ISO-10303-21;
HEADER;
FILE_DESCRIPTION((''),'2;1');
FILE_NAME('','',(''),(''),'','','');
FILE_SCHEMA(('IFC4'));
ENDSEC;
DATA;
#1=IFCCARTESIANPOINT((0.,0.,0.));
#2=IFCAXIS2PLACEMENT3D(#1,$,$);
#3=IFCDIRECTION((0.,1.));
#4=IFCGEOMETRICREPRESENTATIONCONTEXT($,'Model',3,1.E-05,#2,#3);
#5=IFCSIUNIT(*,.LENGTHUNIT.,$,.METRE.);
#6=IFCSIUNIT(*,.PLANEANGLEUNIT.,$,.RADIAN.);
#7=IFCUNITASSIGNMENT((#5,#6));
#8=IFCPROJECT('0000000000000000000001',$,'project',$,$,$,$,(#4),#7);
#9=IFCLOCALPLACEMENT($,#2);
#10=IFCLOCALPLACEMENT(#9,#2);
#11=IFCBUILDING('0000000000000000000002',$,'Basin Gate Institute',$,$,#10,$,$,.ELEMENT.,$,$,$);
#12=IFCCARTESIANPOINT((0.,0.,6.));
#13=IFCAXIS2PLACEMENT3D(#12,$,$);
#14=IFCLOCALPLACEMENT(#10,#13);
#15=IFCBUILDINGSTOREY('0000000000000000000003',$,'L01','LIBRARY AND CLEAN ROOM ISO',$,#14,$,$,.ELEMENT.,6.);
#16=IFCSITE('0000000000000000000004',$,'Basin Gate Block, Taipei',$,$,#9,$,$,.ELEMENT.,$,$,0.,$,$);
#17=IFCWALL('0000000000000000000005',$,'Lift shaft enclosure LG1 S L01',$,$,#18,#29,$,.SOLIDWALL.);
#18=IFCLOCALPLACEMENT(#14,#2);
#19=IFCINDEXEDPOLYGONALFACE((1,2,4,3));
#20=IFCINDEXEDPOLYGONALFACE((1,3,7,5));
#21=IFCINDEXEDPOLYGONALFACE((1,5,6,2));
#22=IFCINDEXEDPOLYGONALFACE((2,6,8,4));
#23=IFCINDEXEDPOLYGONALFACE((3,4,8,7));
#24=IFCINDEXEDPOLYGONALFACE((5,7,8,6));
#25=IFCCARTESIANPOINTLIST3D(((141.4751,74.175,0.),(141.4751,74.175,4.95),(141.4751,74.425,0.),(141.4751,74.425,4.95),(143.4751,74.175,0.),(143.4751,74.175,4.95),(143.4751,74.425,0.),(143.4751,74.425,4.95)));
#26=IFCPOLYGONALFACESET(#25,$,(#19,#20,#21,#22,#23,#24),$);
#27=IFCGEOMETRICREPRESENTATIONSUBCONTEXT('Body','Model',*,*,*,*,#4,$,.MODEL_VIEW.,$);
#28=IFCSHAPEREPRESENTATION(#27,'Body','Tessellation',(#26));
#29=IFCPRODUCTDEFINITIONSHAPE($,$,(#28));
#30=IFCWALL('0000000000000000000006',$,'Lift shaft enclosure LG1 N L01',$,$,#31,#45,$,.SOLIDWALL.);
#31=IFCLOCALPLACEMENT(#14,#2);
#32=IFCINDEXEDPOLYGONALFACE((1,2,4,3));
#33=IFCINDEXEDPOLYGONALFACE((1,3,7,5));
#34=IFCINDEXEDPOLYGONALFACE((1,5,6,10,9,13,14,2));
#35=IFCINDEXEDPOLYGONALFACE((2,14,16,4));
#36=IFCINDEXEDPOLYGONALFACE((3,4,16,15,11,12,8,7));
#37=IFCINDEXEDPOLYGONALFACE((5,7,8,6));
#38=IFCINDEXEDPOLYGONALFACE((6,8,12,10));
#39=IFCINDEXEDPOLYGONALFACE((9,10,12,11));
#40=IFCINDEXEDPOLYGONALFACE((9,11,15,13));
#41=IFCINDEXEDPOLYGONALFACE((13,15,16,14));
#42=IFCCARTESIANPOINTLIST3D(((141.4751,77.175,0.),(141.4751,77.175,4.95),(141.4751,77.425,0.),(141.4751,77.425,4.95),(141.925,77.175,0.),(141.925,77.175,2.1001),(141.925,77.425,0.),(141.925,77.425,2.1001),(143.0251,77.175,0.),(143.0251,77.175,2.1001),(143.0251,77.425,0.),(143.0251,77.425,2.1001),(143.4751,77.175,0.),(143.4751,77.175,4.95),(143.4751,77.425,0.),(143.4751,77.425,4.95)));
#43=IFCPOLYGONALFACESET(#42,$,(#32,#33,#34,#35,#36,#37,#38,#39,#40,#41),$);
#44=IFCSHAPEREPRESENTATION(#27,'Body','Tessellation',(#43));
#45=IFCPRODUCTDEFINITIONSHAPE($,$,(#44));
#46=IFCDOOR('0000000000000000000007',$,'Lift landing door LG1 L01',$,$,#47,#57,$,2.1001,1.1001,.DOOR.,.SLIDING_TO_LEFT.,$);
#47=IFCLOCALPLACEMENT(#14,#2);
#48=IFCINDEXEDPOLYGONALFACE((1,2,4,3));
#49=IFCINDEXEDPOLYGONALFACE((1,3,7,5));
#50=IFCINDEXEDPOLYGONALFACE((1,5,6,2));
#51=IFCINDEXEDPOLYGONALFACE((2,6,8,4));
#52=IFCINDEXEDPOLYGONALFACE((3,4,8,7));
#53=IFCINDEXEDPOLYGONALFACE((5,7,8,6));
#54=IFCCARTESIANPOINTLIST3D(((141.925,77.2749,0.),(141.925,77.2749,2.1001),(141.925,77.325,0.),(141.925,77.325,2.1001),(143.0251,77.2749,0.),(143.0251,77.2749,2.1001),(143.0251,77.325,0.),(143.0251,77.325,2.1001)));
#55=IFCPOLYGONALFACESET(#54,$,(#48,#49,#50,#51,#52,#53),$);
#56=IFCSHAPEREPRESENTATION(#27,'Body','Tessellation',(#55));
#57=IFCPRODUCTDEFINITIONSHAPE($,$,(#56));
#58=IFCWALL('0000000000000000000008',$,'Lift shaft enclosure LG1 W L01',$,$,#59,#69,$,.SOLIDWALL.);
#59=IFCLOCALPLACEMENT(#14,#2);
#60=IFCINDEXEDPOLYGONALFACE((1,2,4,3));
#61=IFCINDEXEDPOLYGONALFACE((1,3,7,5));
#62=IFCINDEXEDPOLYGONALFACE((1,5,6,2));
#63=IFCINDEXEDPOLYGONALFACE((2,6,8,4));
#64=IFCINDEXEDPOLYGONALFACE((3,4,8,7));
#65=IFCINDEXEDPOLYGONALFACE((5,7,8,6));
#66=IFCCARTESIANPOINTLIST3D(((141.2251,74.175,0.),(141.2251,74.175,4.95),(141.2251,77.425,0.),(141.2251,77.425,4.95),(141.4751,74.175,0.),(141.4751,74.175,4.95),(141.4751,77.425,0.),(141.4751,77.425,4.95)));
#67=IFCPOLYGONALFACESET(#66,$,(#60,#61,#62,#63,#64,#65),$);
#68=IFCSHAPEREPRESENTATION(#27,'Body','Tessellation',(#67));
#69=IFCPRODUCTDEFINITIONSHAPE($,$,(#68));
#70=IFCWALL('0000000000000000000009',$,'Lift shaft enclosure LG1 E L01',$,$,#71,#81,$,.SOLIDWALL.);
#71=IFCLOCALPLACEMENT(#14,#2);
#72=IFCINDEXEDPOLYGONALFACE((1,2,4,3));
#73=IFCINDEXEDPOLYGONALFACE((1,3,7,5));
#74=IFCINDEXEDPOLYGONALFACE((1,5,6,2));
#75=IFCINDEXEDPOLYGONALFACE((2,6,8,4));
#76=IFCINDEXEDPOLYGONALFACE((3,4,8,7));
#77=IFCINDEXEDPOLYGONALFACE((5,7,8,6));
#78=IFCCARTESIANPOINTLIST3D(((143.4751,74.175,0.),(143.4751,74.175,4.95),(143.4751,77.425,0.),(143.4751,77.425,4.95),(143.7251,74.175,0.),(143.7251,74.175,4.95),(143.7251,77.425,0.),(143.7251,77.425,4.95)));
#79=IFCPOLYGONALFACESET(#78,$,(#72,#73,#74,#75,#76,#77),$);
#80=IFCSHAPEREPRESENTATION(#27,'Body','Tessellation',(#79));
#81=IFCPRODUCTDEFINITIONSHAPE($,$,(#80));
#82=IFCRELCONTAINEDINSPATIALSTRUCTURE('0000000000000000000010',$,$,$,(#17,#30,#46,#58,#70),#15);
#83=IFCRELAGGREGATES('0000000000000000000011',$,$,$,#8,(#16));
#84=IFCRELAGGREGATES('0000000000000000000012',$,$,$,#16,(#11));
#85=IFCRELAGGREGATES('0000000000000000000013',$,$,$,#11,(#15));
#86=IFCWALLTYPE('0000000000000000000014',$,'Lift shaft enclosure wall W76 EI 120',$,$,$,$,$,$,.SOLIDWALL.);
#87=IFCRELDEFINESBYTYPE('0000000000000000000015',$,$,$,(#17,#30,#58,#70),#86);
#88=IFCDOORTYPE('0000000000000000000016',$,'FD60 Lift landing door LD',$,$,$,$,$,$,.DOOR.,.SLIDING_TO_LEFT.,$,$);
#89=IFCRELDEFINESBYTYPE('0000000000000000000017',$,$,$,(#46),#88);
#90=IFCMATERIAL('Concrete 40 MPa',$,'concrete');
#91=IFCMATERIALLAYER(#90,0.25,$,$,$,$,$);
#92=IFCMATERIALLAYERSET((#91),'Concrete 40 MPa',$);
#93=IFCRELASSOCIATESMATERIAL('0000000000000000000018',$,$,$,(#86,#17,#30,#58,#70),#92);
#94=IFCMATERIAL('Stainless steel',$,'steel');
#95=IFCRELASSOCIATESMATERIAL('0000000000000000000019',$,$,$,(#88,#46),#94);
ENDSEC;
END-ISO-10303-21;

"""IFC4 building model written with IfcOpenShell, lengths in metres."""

from ifc_helpers import new_model, si_unit, direction, frame, frame_2d, origin, place, context, subcontext, project, spatial, rectangle, extrude, material, layer, layer_set, type_object, element, fill, save


model = new_model("IFC4")

# Units and contexts
model_context = context("Model", 3, precision=1e-05, world=origin(), true_north=direction((0.0, 1.0)))
body_context = subcontext(model_context, "Body", "Model", "MODEL_VIEW")
ifc_project = project(units=[si_unit("LENGTHUNIT", "METRE"), si_unit("PLANEANGLEUNIT", "RADIAN")], contexts=[model_context])

# Site, building, storey
site_placement = place(None, origin())
site = spatial("IfcSite", under=ifc_project, at=site_placement, Name="Basin Gate Block, Taipei", CompositionType="ELEMENT", RefElevation=0.0)
building_placement = place(site_placement, origin())
building = spatial("IfcBuilding", under=site, at=building_placement, Name="Basin Gate Institute", CompositionType="ELEMENT")
storey_placement = place(building_placement, frame((0.0, 0.0, 6.0)))
storey = spatial("IfcBuildingStorey", under=building, at=storey_placement, Name="L01", Description="LIBRARY AND CLEAN ROOM ISO", CompositionType="ELEMENT", Elevation=6.0)

# Wall
ifc_material_1 = material(Name="Concrete 40 MPa", Category="concrete")
ifc_layer_1 = layer(ifc_material_1, 0.25)
ifc_layer_set_1 = layer_set([ifc_layer_1], Name="Concrete 40 MPa")
wall_type_1 = type_object("IfcWallType", Name="Lift shaft enclosure wall W76 EI 120", PredefinedType="SOLIDWALL", material=ifc_layer_set_1)
wall_1_placement = place(storey_placement, frame((141.4751, 74.3, 0.0), z_axis=(0.0, 0.0, 1.0), x_axis=(1.0, 0.0, 0.0)))
element("IfcWall", 1, at=wall_1_placement, inside=storey, type_object=wall_type_1, material=ifc_layer_set_1, Name="Lift shaft enclosure LG1 S L01", PredefinedType="SOLIDWALL", context=body_context, shape_type="SweptSolid", body=[
    extrude(rectangle(XDim=2.0, YDim=0.25, at=frame_2d((1.0, 0.0))), origin(), (0.0, 0.0, 1.0), 4.95),
])

# Wall, opening, door
wall_2_placement = place(storey_placement, frame((141.4751, 77.3, 0.0), z_axis=(0.0, 0.0, 1.0), x_axis=(1.0, 0.0, 0.0)))
wall_2 = element("IfcWall", 2, at=wall_2_placement, inside=storey, type_object=wall_type_1, material=ifc_layer_set_1, Name="Lift shaft enclosure LG1 N L01", PredefinedType="SOLIDWALL", context=body_context, shape_type="SweptSolid", body=[
    extrude(rectangle(XDim=2.0, YDim=0.25, at=frame_2d((1.0, 0.0))), origin(), (0.0, 0.0, 1.0), 4.95),
])
opening_1_placement = place(wall_2_placement, frame((0.45, 0.0, 0.0)))
opening_1 = element("IfcOpeningElement", 3, at=opening_1_placement, cuts=wall_2, PredefinedType="OPENING", context=body_context, shape_type="SweptSolid", body=[
    extrude(rectangle(XDim=1.1001, YDim=2.1001, at=frame_2d((0.55, 1.05))), frame((0.0, 0.135, 0.0), z_axis=(0.0, -1.0, 0.0), x_axis=(1.0, 0.0, 0.0)), (0.0, 0.0, 1.0), 0.27),
])
ifc_material_2 = material(Name="Stainless steel", Category="steel")
door_type_1 = type_object("IfcDoorType", Name="FD60 Lift landing door LD", OperationType="SLIDING_TO_LEFT", PredefinedType="DOOR", material=ifc_material_2)
door_1_placement = place(opening_1_placement, origin())
door_1 = element("IfcDoor", 4, at=door_1_placement, inside=storey, type_object=door_type_1, material=ifc_material_2, Name="Lift landing door LG1 L01", OperationType="SLIDING_TO_LEFT", OverallHeight=2.1001, OverallWidth=1.1001, PredefinedType="DOOR", context=body_context, shape_type="SweptSolid", body=[
    extrude(rectangle(XDim=1.1001, YDim=2.1001, at=frame_2d((0.55, 1.05))), frame((0.0, 0.0249, 0.0), z_axis=(0.0, -1.0, 0.0), x_axis=(1.0, 0.0, 0.0)), (0.0, 0.0, 1.0), 0.05),
])
fill(opening_1, door_1)

# Walls
for number, where, z_axis, x_axis, name in (
    (5, (141.3501, 74.175, 0.0), (0.0, 0.0, 1.0), (0.0, 1.0, 0.0), "Lift shaft enclosure LG1 W L01"),
    (6, (143.6001, 74.175, 0.0), (0.0, 0.0, 1.0), (0.0, 1.0, 0.0), "Lift shaft enclosure LG1 E L01"),
):
    element("IfcWall", number, at=place(storey_placement, frame(where, z_axis=z_axis, x_axis=x_axis)), inside=storey, type_object=wall_type_1, material=ifc_layer_set_1, Name=name, PredefinedType="SOLIDWALL", context=body_context, shape_type="SweptSolid", body=[
        extrude(rectangle(XDim=3.25, YDim=0.25, at=frame_2d((1.625, 0.0))), origin(), (0.0, 0.0, 1.0), 4.95),
    ])

save(model, "model.ifc")
